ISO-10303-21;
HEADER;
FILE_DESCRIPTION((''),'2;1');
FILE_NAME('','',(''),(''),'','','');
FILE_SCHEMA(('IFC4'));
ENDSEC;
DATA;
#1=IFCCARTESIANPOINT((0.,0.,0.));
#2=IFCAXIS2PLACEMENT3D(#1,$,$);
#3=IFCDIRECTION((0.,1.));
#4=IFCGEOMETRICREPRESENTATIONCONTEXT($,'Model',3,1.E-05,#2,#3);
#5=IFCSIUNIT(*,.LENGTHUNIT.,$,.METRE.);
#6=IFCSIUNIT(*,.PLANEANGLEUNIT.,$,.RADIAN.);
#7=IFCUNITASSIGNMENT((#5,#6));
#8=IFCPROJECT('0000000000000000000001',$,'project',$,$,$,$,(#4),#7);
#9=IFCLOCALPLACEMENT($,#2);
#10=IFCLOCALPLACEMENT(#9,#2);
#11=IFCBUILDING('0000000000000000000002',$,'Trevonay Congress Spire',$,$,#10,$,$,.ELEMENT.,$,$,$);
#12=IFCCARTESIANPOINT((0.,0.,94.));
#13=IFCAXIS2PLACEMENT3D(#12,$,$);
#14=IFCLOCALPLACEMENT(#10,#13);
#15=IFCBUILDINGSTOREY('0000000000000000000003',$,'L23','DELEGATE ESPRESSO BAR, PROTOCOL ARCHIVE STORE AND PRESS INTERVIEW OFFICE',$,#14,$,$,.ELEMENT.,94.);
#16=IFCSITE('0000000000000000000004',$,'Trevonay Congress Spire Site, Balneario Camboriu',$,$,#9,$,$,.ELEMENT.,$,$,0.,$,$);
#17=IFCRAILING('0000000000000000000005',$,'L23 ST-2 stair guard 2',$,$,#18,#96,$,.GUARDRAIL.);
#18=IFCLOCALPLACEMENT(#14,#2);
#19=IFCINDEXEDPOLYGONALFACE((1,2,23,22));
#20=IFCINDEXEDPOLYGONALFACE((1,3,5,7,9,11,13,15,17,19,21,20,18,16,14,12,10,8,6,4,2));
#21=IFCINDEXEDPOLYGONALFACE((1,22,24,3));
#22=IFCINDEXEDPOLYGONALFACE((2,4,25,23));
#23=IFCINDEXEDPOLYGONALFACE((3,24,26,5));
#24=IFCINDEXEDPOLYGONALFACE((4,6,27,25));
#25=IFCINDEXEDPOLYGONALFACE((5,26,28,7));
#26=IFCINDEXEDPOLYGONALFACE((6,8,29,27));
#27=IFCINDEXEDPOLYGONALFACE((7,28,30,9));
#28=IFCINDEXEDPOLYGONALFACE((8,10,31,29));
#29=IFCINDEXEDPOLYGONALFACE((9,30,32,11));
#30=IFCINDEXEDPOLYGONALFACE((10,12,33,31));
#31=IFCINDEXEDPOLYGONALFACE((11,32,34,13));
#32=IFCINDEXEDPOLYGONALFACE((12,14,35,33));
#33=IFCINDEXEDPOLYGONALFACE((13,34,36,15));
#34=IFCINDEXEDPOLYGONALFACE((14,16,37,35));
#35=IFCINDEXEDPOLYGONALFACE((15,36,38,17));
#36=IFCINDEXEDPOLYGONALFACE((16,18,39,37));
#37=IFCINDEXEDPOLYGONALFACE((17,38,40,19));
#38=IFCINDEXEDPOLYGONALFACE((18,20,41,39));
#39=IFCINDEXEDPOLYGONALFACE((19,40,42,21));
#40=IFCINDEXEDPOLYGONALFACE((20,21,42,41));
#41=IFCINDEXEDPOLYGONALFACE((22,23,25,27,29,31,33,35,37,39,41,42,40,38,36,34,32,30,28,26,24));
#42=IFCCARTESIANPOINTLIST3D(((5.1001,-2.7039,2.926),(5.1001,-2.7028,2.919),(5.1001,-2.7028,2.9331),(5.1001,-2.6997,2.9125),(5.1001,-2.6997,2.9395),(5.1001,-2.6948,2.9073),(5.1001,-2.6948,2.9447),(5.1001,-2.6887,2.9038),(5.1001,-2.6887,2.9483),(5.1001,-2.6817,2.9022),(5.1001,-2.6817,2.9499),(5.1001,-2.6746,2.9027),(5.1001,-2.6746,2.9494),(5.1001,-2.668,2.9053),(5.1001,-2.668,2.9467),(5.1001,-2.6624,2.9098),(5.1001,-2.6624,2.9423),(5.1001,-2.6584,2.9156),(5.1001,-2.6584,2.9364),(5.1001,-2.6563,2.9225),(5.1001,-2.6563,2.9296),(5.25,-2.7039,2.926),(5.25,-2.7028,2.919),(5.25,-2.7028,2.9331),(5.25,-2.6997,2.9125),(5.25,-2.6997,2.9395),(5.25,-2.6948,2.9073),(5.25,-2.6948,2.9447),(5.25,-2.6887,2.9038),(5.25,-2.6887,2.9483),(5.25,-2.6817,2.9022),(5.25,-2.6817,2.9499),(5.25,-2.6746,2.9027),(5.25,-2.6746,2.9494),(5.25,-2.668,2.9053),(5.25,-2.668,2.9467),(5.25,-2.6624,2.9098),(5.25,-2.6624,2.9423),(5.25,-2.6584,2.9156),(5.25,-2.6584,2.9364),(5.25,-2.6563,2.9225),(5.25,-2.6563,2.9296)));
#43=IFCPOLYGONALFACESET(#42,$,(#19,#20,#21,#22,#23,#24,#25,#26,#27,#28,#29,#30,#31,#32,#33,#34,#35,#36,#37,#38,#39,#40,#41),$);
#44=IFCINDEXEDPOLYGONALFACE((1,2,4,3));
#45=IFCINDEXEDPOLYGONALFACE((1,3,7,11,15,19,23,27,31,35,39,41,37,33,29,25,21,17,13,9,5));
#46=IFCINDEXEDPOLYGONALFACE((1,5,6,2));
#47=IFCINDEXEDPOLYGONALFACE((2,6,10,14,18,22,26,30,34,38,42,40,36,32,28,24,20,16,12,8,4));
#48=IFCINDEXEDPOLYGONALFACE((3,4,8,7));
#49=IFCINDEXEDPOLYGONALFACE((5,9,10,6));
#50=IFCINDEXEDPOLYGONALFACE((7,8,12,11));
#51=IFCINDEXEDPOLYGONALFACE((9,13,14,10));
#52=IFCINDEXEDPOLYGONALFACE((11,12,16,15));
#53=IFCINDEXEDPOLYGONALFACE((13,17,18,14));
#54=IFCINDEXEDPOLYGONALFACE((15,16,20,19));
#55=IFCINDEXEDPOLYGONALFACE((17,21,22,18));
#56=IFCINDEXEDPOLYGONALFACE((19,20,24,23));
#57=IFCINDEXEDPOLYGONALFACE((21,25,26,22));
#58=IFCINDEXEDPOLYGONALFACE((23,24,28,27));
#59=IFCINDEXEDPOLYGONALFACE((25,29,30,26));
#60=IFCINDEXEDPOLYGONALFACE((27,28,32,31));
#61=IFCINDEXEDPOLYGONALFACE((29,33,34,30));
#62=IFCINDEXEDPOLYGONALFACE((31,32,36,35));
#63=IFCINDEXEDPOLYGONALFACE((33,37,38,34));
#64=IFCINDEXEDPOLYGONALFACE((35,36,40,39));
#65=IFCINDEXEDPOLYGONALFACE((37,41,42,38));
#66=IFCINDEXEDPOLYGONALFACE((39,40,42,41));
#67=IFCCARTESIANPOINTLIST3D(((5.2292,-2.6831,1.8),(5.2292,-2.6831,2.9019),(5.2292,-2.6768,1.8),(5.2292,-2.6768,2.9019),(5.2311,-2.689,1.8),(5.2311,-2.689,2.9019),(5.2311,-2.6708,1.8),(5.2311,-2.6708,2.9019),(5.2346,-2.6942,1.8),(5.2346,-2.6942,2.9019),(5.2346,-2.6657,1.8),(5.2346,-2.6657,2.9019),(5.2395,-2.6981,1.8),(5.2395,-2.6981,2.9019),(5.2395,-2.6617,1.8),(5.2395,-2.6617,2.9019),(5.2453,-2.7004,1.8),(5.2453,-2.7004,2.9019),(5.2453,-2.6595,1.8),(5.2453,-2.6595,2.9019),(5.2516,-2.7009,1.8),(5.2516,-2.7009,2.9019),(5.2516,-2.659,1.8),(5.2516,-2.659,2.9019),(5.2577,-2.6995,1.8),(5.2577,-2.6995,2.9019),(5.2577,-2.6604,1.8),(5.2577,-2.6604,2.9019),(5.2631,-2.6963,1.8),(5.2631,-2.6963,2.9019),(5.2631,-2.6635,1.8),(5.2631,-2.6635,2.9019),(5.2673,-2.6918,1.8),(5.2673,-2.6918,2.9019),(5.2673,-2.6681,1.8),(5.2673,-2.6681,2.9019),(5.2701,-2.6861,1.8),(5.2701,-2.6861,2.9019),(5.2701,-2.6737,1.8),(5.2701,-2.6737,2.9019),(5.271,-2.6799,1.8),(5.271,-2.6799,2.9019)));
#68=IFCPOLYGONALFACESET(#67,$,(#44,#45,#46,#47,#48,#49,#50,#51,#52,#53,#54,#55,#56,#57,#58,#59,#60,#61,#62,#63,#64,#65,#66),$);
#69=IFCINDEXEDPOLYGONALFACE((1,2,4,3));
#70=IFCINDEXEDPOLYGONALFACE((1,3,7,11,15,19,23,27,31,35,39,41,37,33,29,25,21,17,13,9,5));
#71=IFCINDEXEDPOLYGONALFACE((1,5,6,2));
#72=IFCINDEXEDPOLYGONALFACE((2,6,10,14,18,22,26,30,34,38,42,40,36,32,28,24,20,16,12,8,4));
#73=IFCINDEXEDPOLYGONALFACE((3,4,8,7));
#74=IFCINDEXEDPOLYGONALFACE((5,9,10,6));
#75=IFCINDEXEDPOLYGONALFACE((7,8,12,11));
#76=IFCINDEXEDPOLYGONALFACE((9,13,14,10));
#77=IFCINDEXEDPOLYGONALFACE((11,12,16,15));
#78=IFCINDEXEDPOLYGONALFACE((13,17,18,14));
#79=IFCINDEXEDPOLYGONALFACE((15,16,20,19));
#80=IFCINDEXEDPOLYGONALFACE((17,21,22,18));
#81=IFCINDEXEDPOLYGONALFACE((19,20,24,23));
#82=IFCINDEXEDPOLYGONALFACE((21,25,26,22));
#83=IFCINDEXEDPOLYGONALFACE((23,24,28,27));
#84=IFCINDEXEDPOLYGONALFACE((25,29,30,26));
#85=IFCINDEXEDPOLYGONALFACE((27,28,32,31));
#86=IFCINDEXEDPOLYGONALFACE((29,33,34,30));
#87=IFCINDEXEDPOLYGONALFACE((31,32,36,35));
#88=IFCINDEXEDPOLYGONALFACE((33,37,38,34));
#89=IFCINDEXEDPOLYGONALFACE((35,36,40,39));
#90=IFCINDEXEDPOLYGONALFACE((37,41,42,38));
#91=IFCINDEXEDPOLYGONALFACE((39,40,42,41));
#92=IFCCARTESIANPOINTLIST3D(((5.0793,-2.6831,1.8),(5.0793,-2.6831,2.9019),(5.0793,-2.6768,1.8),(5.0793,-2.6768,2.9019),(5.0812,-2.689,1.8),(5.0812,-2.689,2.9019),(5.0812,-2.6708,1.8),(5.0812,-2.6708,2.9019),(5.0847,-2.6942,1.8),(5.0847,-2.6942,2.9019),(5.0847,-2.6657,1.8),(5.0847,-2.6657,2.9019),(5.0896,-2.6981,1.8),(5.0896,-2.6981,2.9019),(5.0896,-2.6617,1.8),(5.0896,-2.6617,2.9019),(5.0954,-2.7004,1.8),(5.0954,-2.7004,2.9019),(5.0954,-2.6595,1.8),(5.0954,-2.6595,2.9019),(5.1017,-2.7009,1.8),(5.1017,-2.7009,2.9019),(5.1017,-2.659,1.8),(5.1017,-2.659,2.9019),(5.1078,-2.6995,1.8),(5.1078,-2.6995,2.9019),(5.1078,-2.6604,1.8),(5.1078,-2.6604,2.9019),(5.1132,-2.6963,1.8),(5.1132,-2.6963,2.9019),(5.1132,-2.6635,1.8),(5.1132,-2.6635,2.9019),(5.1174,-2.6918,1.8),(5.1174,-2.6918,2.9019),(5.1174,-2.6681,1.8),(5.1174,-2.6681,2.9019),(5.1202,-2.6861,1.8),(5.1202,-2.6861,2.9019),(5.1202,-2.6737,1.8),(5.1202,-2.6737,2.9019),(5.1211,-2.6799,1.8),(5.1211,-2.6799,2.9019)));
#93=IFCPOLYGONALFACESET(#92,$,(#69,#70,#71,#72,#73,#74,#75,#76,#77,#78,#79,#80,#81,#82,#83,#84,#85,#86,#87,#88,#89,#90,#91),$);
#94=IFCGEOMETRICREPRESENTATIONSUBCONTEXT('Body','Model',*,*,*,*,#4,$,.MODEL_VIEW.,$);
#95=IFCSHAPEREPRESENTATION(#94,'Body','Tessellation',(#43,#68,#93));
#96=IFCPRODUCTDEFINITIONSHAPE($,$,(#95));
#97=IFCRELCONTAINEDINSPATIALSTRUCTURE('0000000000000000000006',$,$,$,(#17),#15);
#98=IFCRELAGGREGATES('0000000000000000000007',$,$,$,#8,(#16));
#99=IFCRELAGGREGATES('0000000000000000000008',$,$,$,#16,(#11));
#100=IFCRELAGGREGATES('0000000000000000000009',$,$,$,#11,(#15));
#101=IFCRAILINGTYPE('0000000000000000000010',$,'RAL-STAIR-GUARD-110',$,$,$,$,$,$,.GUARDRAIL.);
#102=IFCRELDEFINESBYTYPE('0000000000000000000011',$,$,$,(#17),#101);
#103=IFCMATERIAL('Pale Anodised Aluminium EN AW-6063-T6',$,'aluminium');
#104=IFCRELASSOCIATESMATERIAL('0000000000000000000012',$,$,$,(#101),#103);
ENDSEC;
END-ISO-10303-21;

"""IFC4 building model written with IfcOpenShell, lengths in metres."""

from ifc_helpers import new_model, si_unit, direction, frame, origin, origin_2d, place, context, subcontext, project, spatial, circle, extrude, material, type_object, element, save


model = new_model("IFC4")

# Units and contexts
model_context = context("Model", 3, precision=1e-05, world=origin(), true_north=direction((0.0, 1.0)))
body_context = subcontext(model_context, "Body", "Model", "MODEL_VIEW")
ifc_project = project(units=[si_unit("LENGTHUNIT", "METRE"), si_unit("PLANEANGLEUNIT", "RADIAN")], contexts=[model_context])

# Site, building, storey
site_placement = place(None, origin())
site = spatial("IfcSite", under=ifc_project, at=site_placement, Name="Trevonay Congress Spire Site, Balneario Camboriu", CompositionType="ELEMENT", RefElevation=0.0)
building_placement = place(site_placement, origin())
building = spatial("IfcBuilding", under=site, at=building_placement, Name="Trevonay Congress Spire", CompositionType="ELEMENT")
storey_placement = place(building_placement, frame((0.0, 0.0, 94.0)))
storey = spatial("IfcBuildingStorey", under=building, at=storey_placement, Name="L23", Description="DELEGATE ESPRESSO BAR, PROTOCOL ARCHIVE STORE AND PRESS INTERVIEW OFFICE", CompositionType="ELEMENT", Elevation=94.0)

# Shared definitions
ifc_material_1 = material(Name="Pale Anodised Aluminium EN AW-6063-T6", Category="aluminium")

# Railing
railing_type_1 = type_object("IfcRailingType", Name="RAL-STAIR-GUARD-110", PredefinedType="GUARDRAIL", material=ifc_material_1)
railing_1_placement = place(storey_placement, frame((5.25, -2.6799, 1.8)))
element("IfcRailing", 1, at=railing_1_placement, inside=storey, type_object=railing_type_1, Name="L23 ST-2 stair guard 2", PredefinedType="GUARDRAIL", context=body_context, shape_type="SweptSolid", body=[
    extrude(circle(Radius=0.0239, at=origin_2d()), frame((0.0, 0.0, 1.126), z_axis=(-1.0, 0.0, 0.0), x_axis=(0.0, -1.0, 0.0)), (0.0, 0.0, 1.0), 0.1499),
    extrude(circle(Radius=0.021, at=origin_2d()), origin(), (0.0, 0.0, 1.0), 1.1018),
    extrude(circle(Radius=0.021, at=origin_2d()), frame((-0.1499, 0.0, 0.0)), (0.0, 0.0, 1.0), 1.1018),
])

save(model, "model.ifc")
